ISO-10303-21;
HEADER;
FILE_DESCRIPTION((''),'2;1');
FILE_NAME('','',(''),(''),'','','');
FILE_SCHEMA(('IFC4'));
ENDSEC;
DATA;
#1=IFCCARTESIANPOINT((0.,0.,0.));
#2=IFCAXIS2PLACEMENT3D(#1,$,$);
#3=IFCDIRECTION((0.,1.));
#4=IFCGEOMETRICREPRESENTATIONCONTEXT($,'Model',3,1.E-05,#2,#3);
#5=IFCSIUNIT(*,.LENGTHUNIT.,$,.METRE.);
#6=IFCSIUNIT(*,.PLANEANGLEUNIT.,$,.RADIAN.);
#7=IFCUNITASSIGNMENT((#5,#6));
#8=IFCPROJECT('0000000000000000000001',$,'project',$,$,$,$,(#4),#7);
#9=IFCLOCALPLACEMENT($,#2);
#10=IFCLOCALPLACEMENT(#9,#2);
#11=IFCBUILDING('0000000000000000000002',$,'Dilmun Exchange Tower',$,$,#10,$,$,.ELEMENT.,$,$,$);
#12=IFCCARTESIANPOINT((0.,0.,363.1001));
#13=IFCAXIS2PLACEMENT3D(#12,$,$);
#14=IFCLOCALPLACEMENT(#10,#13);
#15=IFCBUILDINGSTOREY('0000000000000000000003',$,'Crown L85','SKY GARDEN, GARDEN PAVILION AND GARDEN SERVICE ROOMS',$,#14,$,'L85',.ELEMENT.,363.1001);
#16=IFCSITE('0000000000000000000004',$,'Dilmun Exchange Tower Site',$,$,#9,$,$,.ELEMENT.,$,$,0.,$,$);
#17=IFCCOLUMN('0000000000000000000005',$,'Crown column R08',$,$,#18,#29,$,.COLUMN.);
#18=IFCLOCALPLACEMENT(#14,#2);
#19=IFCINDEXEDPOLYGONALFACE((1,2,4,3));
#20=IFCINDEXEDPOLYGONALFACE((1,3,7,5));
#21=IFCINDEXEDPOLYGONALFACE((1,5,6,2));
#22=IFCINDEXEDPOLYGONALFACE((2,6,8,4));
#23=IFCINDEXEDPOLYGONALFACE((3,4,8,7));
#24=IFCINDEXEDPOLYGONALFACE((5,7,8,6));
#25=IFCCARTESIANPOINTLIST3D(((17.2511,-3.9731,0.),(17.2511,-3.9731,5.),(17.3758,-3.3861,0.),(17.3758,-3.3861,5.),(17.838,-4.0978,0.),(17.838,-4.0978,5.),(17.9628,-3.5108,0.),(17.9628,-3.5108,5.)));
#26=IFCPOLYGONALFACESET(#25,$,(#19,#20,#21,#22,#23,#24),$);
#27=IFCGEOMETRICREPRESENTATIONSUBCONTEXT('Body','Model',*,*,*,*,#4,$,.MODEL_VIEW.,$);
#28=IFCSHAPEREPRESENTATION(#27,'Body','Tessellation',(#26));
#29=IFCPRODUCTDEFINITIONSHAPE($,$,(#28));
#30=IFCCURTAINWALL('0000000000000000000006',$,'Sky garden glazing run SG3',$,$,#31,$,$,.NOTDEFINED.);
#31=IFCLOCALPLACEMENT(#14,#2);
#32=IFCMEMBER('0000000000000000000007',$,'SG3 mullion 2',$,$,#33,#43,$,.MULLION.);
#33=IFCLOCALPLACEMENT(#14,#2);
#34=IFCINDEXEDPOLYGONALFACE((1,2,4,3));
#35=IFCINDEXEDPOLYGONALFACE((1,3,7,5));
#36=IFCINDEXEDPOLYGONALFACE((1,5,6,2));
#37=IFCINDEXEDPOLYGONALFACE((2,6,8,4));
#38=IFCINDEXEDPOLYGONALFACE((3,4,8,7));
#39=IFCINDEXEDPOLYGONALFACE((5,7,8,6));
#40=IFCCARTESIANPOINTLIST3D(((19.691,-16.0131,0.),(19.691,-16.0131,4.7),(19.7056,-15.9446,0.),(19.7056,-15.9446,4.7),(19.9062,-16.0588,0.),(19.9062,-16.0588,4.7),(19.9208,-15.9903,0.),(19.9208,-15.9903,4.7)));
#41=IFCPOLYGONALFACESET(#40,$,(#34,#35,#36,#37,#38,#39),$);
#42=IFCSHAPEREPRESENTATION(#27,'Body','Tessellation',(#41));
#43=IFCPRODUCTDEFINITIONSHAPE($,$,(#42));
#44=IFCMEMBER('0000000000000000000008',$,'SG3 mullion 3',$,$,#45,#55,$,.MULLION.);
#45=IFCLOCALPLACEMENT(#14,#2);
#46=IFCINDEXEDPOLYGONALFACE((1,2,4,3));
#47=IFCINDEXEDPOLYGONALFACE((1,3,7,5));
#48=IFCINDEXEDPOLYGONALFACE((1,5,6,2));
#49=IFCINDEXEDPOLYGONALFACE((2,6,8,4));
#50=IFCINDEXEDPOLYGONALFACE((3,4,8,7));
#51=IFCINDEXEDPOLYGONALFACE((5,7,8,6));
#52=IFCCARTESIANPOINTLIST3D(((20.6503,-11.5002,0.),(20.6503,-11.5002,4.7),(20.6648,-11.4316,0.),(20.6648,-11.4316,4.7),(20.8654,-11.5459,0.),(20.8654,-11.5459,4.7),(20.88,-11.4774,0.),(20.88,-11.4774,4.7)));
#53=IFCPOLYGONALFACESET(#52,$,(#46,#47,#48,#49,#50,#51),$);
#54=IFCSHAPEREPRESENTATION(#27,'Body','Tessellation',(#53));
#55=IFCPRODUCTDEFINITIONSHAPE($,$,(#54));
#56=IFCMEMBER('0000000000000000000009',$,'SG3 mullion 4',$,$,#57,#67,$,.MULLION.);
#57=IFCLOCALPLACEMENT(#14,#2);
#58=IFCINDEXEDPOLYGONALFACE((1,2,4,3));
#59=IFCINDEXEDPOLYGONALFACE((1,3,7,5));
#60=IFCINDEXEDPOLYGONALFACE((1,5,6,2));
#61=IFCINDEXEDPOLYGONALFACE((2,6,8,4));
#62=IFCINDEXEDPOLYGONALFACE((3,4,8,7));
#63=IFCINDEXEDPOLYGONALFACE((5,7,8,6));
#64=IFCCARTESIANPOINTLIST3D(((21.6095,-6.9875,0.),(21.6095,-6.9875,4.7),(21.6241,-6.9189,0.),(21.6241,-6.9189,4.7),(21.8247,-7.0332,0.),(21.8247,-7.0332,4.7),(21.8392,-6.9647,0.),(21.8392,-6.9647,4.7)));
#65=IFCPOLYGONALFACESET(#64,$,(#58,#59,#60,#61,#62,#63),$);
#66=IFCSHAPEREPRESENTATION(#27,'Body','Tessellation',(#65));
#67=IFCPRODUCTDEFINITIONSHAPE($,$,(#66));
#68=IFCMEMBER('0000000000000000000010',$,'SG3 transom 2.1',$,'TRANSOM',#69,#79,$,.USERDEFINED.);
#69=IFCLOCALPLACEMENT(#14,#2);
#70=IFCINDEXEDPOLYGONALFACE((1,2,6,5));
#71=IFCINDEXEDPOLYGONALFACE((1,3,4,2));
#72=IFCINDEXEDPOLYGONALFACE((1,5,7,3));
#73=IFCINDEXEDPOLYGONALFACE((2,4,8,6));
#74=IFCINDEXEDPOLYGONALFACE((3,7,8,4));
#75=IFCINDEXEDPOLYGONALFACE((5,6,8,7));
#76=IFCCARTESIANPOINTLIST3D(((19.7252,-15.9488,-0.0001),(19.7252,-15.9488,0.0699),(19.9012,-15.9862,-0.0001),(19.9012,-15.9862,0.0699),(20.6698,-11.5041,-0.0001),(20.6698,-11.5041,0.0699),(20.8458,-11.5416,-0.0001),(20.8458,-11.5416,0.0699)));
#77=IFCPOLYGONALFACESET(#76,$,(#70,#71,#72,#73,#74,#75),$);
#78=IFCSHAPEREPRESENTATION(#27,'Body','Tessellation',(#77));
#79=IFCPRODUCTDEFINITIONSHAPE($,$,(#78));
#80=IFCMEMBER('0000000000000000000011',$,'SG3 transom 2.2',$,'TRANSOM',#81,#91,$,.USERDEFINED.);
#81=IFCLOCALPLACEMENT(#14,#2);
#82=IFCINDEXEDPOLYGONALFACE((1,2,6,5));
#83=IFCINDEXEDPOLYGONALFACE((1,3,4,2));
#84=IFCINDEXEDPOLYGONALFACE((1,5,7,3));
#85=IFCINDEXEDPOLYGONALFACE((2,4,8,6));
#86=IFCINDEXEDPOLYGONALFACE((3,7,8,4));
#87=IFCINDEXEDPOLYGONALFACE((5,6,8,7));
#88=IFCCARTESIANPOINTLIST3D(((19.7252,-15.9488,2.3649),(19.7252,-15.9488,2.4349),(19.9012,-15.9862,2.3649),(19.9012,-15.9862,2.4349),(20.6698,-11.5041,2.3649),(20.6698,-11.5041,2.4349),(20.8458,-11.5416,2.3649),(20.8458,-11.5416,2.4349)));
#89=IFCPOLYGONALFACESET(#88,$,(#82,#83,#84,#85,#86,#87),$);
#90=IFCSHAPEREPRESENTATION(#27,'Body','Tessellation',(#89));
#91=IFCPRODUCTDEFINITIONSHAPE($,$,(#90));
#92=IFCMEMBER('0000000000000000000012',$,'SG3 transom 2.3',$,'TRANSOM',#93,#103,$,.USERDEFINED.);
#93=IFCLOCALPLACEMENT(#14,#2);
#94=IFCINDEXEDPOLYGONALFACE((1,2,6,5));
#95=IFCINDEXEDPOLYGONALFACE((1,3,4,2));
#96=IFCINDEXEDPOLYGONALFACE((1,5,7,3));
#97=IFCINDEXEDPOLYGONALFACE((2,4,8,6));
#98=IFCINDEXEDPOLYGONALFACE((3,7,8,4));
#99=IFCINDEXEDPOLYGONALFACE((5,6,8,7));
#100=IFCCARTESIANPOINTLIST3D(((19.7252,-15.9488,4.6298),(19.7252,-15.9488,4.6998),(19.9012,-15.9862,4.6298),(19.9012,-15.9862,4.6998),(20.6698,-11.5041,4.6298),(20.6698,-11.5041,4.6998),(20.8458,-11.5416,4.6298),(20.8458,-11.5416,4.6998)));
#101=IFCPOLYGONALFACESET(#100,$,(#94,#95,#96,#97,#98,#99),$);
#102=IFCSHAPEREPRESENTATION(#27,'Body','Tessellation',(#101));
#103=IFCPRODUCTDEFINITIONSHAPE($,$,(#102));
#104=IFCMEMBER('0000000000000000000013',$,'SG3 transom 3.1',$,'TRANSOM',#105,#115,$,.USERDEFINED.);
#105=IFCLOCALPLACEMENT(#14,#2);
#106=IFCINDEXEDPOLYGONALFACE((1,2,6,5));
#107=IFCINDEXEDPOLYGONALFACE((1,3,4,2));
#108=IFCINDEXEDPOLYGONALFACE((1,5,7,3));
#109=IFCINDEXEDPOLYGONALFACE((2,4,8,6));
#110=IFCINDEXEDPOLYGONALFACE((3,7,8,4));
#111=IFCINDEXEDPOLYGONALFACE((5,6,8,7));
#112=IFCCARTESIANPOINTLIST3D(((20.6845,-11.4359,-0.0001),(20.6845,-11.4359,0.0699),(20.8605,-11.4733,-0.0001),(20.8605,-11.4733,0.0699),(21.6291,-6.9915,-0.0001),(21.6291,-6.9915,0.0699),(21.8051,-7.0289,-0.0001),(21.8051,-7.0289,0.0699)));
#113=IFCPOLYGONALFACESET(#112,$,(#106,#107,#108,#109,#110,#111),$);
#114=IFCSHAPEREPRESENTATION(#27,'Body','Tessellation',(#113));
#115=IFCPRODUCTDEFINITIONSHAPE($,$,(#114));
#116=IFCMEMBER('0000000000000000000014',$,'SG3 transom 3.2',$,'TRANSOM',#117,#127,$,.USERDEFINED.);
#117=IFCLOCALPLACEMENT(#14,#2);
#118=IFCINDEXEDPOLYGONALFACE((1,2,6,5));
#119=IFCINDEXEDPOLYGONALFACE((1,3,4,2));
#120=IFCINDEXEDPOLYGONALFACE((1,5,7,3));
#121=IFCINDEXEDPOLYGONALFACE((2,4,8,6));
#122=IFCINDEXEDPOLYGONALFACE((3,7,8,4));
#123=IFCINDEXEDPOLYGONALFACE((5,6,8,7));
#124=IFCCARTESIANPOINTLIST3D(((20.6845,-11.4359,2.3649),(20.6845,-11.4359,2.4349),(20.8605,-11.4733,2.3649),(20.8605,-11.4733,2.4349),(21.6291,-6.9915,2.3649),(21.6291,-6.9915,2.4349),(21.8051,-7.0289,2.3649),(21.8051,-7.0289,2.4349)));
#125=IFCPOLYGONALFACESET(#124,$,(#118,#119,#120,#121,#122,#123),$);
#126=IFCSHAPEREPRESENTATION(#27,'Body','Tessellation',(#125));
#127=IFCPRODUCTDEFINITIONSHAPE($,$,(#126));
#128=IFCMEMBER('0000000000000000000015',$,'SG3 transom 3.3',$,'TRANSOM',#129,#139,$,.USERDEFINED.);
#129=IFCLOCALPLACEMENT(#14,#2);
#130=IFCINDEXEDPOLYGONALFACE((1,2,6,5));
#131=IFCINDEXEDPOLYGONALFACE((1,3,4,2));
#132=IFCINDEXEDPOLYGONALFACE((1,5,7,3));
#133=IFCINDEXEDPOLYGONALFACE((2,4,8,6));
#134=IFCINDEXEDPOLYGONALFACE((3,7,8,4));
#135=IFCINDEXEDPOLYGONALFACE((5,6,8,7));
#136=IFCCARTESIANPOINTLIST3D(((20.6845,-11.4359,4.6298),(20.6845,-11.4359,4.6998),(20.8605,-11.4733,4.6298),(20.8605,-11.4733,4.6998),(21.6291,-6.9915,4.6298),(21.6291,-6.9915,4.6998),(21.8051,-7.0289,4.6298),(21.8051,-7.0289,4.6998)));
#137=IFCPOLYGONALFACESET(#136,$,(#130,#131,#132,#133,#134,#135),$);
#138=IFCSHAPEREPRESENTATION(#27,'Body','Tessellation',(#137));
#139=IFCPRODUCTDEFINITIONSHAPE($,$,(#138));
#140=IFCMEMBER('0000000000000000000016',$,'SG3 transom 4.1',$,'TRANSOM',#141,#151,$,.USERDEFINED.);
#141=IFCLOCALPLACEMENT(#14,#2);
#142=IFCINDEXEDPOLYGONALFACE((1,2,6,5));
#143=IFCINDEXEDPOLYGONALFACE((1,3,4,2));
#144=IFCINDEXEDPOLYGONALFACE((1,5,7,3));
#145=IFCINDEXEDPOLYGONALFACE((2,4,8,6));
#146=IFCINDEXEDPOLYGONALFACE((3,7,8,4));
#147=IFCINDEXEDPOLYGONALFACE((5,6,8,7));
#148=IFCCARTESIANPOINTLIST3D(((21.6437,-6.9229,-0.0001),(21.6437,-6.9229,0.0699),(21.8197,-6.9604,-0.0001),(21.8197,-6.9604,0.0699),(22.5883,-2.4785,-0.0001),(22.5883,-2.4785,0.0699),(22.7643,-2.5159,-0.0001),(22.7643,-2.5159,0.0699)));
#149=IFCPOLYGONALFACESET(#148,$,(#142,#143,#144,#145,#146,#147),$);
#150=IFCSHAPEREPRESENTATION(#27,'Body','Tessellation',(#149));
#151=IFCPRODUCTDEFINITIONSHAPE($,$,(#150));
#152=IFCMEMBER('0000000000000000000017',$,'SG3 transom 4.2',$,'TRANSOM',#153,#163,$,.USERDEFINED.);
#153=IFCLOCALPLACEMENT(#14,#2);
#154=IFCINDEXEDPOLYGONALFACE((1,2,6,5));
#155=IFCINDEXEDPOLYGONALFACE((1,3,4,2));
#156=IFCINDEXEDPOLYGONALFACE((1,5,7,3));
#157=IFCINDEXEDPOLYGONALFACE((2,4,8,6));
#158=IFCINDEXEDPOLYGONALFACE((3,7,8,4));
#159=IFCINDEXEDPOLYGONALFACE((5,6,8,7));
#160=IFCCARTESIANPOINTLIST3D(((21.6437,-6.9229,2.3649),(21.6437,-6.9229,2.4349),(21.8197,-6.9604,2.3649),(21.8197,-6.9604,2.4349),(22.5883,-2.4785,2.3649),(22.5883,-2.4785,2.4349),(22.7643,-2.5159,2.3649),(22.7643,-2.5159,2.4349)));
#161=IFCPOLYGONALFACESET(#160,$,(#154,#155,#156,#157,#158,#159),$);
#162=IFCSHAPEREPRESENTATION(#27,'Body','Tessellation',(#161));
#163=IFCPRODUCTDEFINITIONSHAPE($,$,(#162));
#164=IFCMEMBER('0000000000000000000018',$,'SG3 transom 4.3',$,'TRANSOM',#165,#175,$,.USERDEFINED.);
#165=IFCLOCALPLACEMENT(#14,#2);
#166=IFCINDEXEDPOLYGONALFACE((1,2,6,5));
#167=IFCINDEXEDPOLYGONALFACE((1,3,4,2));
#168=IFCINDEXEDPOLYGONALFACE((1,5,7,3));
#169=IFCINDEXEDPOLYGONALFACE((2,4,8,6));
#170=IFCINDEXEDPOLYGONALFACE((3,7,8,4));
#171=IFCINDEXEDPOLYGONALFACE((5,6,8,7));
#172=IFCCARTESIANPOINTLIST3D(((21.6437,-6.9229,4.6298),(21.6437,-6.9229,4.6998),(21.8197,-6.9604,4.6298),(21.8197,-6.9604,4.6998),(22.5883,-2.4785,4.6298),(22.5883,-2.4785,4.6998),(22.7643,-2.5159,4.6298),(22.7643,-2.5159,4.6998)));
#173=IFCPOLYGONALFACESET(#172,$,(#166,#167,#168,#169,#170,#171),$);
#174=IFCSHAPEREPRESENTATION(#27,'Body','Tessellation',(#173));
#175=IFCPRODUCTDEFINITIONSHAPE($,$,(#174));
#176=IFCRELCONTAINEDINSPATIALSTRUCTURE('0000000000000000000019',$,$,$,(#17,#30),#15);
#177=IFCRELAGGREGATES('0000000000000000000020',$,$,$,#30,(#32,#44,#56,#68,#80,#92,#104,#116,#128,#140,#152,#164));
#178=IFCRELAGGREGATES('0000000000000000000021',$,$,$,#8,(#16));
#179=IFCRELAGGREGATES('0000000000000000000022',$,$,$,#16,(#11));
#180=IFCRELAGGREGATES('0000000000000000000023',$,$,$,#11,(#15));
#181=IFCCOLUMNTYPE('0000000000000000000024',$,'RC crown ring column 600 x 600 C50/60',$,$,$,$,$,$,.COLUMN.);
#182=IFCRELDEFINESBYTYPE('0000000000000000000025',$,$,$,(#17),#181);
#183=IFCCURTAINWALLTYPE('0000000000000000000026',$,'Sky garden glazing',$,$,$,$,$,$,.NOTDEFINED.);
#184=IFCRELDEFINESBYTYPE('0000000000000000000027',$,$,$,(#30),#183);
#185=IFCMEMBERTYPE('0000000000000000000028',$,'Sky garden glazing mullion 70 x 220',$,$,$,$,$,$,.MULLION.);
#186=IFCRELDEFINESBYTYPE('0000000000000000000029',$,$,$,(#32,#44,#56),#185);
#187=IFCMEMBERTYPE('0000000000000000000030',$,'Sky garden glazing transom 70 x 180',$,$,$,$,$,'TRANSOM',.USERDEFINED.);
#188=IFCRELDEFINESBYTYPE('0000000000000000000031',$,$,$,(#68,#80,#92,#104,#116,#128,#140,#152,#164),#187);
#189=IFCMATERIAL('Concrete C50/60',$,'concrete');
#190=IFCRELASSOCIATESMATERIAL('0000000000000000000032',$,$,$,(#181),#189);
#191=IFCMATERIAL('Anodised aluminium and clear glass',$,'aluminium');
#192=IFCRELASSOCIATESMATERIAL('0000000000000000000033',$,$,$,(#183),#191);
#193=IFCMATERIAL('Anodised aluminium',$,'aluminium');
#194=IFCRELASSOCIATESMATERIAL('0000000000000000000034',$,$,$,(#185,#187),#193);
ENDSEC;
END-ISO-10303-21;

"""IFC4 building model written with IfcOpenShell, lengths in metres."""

from ifc_helpers import new_model, si_unit, direction, frame, origin, origin_2d, place, context, subcontext, project, spatial, rectangle, extrude, material, material_profile, profile_set, type_object, element, aggregate, save


model = new_model("IFC4")

# Units and contexts
model_context = context("Model", 3, precision=1e-05, world=origin(), true_north=direction((0.0, 1.0)))
body_context = subcontext(model_context, "Body", "Model", "MODEL_VIEW")
ifc_project = project(units=[si_unit("LENGTHUNIT", "METRE"), si_unit("PLANEANGLEUNIT", "RADIAN")], contexts=[model_context])

# Site, building, storey
site_placement = place(None, origin())
site = spatial("IfcSite", under=ifc_project, at=site_placement, Name="Dilmun Exchange Tower Site", CompositionType="ELEMENT", RefElevation=0.0)
building_placement = place(site_placement, origin())
building = spatial("IfcBuilding", under=site, at=building_placement, Name="Dilmun Exchange Tower", CompositionType="ELEMENT")
storey_placement = place(building_placement, frame((0.0, 0.0, 363.1001)))
storey = spatial("IfcBuildingStorey", under=building, at=storey_placement, Name="Crown L85", Description="SKY GARDEN, GARDEN PAVILION AND GARDEN SERVICE ROOMS", LongName="L85", CompositionType="ELEMENT", Elevation=363.1001)

# Column
ifc_material_1 = material(Name="Concrete C50/60", Category="concrete")
ifc_material_profile_1 = material_profile(ifc_material_1, rectangle(XDim=0.6001, YDim=0.6001, at=origin_2d()), Name="600 x 600")
ifc_profile_set_1 = profile_set([ifc_material_profile_1], Name="Concrete C50/60")
column_type = type_object("IfcColumnType", Name="RC crown ring column 600 x 600 C50/60", PredefinedType="COLUMN", material=ifc_profile_set_1)
column_placement = place(storey_placement, frame((17.6069, -3.7419, 0.0), z_axis=(0.0, 0.0, 1.0), x_axis=(0.207912, 0.978148, 0.0)))
element("IfcColumn", 1, at=column_placement, inside=storey, type_object=column_type, Name="Crown column R08", PredefinedType="COLUMN", context=body_context, shape_type="SweptSolid", body=[
    extrude(rectangle(XDim=0.6001, YDim=0.6001, at=origin_2d()), origin(), (0.0, 0.0, 1.0), 5.0),
])

# Curtain wall, members
ifc_material_2 = material(Name="Anodised aluminium and clear glass", Category="aluminium")
curtain_wall_type = type_object("IfcCurtainWallType", Name="Sky garden glazing", PredefinedType="NOTDEFINED", material=ifc_material_2)
curtain_wall_placement = place(storey_placement, origin())
curtain_wall = element("IfcCurtainWall", 2, at=curtain_wall_placement, inside=storey, type_object=curtain_wall_type, Name="Sky garden glazing run SG3", PredefinedType="NOTDEFINED")
ifc_material_3 = material(Name="Anodised aluminium", Category="aluminium")
ifc_material_profile_2 = material_profile(ifc_material_3, rectangle(XDim=0.22, YDim=0.0701, at=origin_2d()), Name="AL 70x220")
ifc_profile_set_2 = profile_set([ifc_material_profile_2], Name="Anodised aluminium")
member_type_1 = type_object("IfcMemberType", Name="Sky garden glazing mullion 70 x 220", PredefinedType="MULLION", material=ifc_profile_set_2)
member_1_placement = place(storey_placement, frame((19.8059, -16.0017, 0.0), z_axis=(0.0, 0.0, 1.0), x_axis=(-0.978147, 0.207913, 0.0)))
member_1 = element("IfcMember", 3, at=member_1_placement, type_object=member_type_1, Name="SG3 mullion 2", PredefinedType="MULLION", context=body_context, shape_type="SweptSolid", body=[
    extrude(rectangle(XDim=0.22, YDim=0.0701, at=origin_2d()), origin(), (0.0, 0.0, 1.0), 4.7),
])
member_2_placement = place(storey_placement, frame((20.7651, -11.4888, 0.0), z_axis=(0.0, 0.0, 1.0), x_axis=(-0.978147, 0.207913, 0.0)))
member_2 = element("IfcMember", 4, at=member_2_placement, type_object=member_type_1, Name="SG3 mullion 3", PredefinedType="MULLION", context=body_context, shape_type="SweptSolid", body=[
    extrude(rectangle(XDim=0.22, YDim=0.0701, at=origin_2d()), origin(), (0.0, 0.0, 1.0), 4.7),
])
member_3_placement = place(storey_placement, frame((21.7244, -6.9761, 0.0), z_axis=(0.0, 0.0, 1.0), x_axis=(-0.978147, 0.207913, 0.0)))
member_3 = element("IfcMember", 5, at=member_3_placement, type_object=member_type_1, Name="SG3 mullion 4", PredefinedType="MULLION", context=body_context, shape_type="SweptSolid", body=[
    extrude(rectangle(XDim=0.22, YDim=0.0701, at=origin_2d()), origin(), (0.0, 0.0, 1.0), 4.7),
])
ifc_material_profile_3 = material_profile(ifc_material_3, rectangle(XDim=0.1799, YDim=0.0701, at=origin_2d()), Name="AL 70x180")
ifc_profile_set_3 = profile_set([ifc_material_profile_3], Name="Anodised aluminium")
member_type_2 = type_object("IfcMemberType", Name="Sky garden glazing transom 70 x 180", ElementType="TRANSOM", PredefinedType="USERDEFINED", material=ifc_profile_set_3)
member_4_placement = place(storey_placement, frame((19.8132, -15.9675, 0.0349), z_axis=(0.207881, 0.978154, 0.0), x_axis=(-0.978154, 0.207881, 0.0)))
member_4 = element("IfcMember", 6, at=member_4_placement, type_object=member_type_2, Name="SG3 transom 2.1", ObjectType="TRANSOM", PredefinedType="USERDEFINED", context=body_context, shape_type="SweptSolid", body=[
    extrude(rectangle(XDim=0.1799, YDim=0.0701, at=origin_2d()), origin(), (0.0, 0.0, 1.0), 4.5439),
])
member_5_placement = place(storey_placement, frame((19.8132, -15.9675, 2.3999), z_axis=(0.207881, 0.978154, 0.0), x_axis=(-0.978154, 0.207881, 0.0)))
member_5 = element("IfcMember", 7, at=member_5_placement, type_object=member_type_2, Name="SG3 transom 2.2", ObjectType="TRANSOM", PredefinedType="USERDEFINED", context=body_context, shape_type="SweptSolid", body=[
    extrude(rectangle(XDim=0.1799, YDim=0.0701, at=origin_2d()), origin(), (0.0, 0.0, 1.0), 4.5439),
])
member_6_placement = place(storey_placement, frame((19.8132, -15.9675, 4.6648), z_axis=(0.207881, 0.978154, 0.0), x_axis=(-0.978154, 0.207881, 0.0)))
member_6 = element("IfcMember", 8, at=member_6_placement, type_object=member_type_2, Name="SG3 transom 2.3", ObjectType="TRANSOM", PredefinedType="USERDEFINED", context=body_context, shape_type="SweptSolid", body=[
    extrude(rectangle(XDim=0.1799, YDim=0.0701, at=origin_2d()), origin(), (0.0, 0.0, 1.0), 4.5439),
])
member_7_placement = place(storey_placement, frame((20.7725, -11.4546, 0.0349), z_axis=(0.207892, 0.978152, 0.0), x_axis=(-0.978152, 0.207892, 0.0)))
member_7 = element("IfcMember", 9, at=member_7_placement, type_object=member_type_2, Name="SG3 transom 3.1", ObjectType="TRANSOM", PredefinedType="USERDEFINED", context=body_context, shape_type="SweptSolid", body=[
    extrude(rectangle(XDim=0.1799, YDim=0.0701, at=origin_2d()), origin(), (0.0, 0.0, 1.0), 4.5437),
])
member_8_placement = place(storey_placement, frame((20.7725, -11.4546, 2.3999), z_axis=(0.207892, 0.978152, 0.0), x_axis=(-0.978152, 0.207892, 0.0)))
member_8 = element("IfcMember", 10, at=member_8_placement, type_object=member_type_2, Name="SG3 transom 3.2", ObjectType="TRANSOM", PredefinedType="USERDEFINED", context=body_context, shape_type="SweptSolid", body=[
    extrude(rectangle(XDim=0.1799, YDim=0.0701, at=origin_2d()), origin(), (0.0, 0.0, 1.0), 4.5437),
])
member_9_placement = place(storey_placement, frame((20.7725, -11.4546, 4.6648), z_axis=(0.207892, 0.978152, 0.0), x_axis=(-0.978152, 0.207892, 0.0)))
member_9 = element("IfcMember", 11, at=member_9_placement, type_object=member_type_2, Name="SG3 transom 3.3", ObjectType="TRANSOM", PredefinedType="USERDEFINED", context=body_context, shape_type="SweptSolid", body=[
    extrude(rectangle(XDim=0.1799, YDim=0.0701, at=origin_2d()), origin(), (0.0, 0.0, 1.0), 4.5437),
])
member_10_placement = place(storey_placement, frame((21.7317, -6.9417, 0.0349), z_axis=(0.207892, 0.978152, 0.0), x_axis=(-0.978152, 0.207892, 0.0)))
member_10 = element("IfcMember", 12, at=member_10_placement, type_object=member_type_2, Name="SG3 transom 4.1", ObjectType="TRANSOM", PredefinedType="USERDEFINED", context=body_context, shape_type="SweptSolid", body=[
    extrude(rectangle(XDim=0.1799, YDim=0.0701, at=origin_2d()), origin(), (0.0, 0.0, 1.0), 4.5437),
])
member_11_placement = place(storey_placement, frame((21.7317, -6.9417, 2.3999), z_axis=(0.207892, 0.978152, 0.0), x_axis=(-0.978152, 0.207892, 0.0)))
member_11 = element("IfcMember", 13, at=member_11_placement, type_object=member_type_2, Name="SG3 transom 4.2", ObjectType="TRANSOM", PredefinedType="USERDEFINED", context=body_context, shape_type="SweptSolid", body=[
    extrude(rectangle(XDim=0.1799, YDim=0.0701, at=origin_2d()), origin(), (0.0, 0.0, 1.0), 4.5437),
])
member_12_placement = place(storey_placement, frame((21.7317, -6.9417, 4.6648), z_axis=(0.207892, 0.978152, 0.0), x_axis=(-0.978152, 0.207892, 0.0)))
member_12 = element("IfcMember", 14, at=member_12_placement, type_object=member_type_2, Name="SG3 transom 4.3", ObjectType="TRANSOM", PredefinedType="USERDEFINED", context=body_context, shape_type="SweptSolid", body=[
    extrude(rectangle(XDim=0.1799, YDim=0.0701, at=origin_2d()), origin(), (0.0, 0.0, 1.0), 4.5437),
])

aggregate(curtain_wall, [member_1, member_2, member_3, member_4, member_5, member_6, member_7, member_8, member_9, member_10, member_11, member_12])

save(model, "model.ifc")
